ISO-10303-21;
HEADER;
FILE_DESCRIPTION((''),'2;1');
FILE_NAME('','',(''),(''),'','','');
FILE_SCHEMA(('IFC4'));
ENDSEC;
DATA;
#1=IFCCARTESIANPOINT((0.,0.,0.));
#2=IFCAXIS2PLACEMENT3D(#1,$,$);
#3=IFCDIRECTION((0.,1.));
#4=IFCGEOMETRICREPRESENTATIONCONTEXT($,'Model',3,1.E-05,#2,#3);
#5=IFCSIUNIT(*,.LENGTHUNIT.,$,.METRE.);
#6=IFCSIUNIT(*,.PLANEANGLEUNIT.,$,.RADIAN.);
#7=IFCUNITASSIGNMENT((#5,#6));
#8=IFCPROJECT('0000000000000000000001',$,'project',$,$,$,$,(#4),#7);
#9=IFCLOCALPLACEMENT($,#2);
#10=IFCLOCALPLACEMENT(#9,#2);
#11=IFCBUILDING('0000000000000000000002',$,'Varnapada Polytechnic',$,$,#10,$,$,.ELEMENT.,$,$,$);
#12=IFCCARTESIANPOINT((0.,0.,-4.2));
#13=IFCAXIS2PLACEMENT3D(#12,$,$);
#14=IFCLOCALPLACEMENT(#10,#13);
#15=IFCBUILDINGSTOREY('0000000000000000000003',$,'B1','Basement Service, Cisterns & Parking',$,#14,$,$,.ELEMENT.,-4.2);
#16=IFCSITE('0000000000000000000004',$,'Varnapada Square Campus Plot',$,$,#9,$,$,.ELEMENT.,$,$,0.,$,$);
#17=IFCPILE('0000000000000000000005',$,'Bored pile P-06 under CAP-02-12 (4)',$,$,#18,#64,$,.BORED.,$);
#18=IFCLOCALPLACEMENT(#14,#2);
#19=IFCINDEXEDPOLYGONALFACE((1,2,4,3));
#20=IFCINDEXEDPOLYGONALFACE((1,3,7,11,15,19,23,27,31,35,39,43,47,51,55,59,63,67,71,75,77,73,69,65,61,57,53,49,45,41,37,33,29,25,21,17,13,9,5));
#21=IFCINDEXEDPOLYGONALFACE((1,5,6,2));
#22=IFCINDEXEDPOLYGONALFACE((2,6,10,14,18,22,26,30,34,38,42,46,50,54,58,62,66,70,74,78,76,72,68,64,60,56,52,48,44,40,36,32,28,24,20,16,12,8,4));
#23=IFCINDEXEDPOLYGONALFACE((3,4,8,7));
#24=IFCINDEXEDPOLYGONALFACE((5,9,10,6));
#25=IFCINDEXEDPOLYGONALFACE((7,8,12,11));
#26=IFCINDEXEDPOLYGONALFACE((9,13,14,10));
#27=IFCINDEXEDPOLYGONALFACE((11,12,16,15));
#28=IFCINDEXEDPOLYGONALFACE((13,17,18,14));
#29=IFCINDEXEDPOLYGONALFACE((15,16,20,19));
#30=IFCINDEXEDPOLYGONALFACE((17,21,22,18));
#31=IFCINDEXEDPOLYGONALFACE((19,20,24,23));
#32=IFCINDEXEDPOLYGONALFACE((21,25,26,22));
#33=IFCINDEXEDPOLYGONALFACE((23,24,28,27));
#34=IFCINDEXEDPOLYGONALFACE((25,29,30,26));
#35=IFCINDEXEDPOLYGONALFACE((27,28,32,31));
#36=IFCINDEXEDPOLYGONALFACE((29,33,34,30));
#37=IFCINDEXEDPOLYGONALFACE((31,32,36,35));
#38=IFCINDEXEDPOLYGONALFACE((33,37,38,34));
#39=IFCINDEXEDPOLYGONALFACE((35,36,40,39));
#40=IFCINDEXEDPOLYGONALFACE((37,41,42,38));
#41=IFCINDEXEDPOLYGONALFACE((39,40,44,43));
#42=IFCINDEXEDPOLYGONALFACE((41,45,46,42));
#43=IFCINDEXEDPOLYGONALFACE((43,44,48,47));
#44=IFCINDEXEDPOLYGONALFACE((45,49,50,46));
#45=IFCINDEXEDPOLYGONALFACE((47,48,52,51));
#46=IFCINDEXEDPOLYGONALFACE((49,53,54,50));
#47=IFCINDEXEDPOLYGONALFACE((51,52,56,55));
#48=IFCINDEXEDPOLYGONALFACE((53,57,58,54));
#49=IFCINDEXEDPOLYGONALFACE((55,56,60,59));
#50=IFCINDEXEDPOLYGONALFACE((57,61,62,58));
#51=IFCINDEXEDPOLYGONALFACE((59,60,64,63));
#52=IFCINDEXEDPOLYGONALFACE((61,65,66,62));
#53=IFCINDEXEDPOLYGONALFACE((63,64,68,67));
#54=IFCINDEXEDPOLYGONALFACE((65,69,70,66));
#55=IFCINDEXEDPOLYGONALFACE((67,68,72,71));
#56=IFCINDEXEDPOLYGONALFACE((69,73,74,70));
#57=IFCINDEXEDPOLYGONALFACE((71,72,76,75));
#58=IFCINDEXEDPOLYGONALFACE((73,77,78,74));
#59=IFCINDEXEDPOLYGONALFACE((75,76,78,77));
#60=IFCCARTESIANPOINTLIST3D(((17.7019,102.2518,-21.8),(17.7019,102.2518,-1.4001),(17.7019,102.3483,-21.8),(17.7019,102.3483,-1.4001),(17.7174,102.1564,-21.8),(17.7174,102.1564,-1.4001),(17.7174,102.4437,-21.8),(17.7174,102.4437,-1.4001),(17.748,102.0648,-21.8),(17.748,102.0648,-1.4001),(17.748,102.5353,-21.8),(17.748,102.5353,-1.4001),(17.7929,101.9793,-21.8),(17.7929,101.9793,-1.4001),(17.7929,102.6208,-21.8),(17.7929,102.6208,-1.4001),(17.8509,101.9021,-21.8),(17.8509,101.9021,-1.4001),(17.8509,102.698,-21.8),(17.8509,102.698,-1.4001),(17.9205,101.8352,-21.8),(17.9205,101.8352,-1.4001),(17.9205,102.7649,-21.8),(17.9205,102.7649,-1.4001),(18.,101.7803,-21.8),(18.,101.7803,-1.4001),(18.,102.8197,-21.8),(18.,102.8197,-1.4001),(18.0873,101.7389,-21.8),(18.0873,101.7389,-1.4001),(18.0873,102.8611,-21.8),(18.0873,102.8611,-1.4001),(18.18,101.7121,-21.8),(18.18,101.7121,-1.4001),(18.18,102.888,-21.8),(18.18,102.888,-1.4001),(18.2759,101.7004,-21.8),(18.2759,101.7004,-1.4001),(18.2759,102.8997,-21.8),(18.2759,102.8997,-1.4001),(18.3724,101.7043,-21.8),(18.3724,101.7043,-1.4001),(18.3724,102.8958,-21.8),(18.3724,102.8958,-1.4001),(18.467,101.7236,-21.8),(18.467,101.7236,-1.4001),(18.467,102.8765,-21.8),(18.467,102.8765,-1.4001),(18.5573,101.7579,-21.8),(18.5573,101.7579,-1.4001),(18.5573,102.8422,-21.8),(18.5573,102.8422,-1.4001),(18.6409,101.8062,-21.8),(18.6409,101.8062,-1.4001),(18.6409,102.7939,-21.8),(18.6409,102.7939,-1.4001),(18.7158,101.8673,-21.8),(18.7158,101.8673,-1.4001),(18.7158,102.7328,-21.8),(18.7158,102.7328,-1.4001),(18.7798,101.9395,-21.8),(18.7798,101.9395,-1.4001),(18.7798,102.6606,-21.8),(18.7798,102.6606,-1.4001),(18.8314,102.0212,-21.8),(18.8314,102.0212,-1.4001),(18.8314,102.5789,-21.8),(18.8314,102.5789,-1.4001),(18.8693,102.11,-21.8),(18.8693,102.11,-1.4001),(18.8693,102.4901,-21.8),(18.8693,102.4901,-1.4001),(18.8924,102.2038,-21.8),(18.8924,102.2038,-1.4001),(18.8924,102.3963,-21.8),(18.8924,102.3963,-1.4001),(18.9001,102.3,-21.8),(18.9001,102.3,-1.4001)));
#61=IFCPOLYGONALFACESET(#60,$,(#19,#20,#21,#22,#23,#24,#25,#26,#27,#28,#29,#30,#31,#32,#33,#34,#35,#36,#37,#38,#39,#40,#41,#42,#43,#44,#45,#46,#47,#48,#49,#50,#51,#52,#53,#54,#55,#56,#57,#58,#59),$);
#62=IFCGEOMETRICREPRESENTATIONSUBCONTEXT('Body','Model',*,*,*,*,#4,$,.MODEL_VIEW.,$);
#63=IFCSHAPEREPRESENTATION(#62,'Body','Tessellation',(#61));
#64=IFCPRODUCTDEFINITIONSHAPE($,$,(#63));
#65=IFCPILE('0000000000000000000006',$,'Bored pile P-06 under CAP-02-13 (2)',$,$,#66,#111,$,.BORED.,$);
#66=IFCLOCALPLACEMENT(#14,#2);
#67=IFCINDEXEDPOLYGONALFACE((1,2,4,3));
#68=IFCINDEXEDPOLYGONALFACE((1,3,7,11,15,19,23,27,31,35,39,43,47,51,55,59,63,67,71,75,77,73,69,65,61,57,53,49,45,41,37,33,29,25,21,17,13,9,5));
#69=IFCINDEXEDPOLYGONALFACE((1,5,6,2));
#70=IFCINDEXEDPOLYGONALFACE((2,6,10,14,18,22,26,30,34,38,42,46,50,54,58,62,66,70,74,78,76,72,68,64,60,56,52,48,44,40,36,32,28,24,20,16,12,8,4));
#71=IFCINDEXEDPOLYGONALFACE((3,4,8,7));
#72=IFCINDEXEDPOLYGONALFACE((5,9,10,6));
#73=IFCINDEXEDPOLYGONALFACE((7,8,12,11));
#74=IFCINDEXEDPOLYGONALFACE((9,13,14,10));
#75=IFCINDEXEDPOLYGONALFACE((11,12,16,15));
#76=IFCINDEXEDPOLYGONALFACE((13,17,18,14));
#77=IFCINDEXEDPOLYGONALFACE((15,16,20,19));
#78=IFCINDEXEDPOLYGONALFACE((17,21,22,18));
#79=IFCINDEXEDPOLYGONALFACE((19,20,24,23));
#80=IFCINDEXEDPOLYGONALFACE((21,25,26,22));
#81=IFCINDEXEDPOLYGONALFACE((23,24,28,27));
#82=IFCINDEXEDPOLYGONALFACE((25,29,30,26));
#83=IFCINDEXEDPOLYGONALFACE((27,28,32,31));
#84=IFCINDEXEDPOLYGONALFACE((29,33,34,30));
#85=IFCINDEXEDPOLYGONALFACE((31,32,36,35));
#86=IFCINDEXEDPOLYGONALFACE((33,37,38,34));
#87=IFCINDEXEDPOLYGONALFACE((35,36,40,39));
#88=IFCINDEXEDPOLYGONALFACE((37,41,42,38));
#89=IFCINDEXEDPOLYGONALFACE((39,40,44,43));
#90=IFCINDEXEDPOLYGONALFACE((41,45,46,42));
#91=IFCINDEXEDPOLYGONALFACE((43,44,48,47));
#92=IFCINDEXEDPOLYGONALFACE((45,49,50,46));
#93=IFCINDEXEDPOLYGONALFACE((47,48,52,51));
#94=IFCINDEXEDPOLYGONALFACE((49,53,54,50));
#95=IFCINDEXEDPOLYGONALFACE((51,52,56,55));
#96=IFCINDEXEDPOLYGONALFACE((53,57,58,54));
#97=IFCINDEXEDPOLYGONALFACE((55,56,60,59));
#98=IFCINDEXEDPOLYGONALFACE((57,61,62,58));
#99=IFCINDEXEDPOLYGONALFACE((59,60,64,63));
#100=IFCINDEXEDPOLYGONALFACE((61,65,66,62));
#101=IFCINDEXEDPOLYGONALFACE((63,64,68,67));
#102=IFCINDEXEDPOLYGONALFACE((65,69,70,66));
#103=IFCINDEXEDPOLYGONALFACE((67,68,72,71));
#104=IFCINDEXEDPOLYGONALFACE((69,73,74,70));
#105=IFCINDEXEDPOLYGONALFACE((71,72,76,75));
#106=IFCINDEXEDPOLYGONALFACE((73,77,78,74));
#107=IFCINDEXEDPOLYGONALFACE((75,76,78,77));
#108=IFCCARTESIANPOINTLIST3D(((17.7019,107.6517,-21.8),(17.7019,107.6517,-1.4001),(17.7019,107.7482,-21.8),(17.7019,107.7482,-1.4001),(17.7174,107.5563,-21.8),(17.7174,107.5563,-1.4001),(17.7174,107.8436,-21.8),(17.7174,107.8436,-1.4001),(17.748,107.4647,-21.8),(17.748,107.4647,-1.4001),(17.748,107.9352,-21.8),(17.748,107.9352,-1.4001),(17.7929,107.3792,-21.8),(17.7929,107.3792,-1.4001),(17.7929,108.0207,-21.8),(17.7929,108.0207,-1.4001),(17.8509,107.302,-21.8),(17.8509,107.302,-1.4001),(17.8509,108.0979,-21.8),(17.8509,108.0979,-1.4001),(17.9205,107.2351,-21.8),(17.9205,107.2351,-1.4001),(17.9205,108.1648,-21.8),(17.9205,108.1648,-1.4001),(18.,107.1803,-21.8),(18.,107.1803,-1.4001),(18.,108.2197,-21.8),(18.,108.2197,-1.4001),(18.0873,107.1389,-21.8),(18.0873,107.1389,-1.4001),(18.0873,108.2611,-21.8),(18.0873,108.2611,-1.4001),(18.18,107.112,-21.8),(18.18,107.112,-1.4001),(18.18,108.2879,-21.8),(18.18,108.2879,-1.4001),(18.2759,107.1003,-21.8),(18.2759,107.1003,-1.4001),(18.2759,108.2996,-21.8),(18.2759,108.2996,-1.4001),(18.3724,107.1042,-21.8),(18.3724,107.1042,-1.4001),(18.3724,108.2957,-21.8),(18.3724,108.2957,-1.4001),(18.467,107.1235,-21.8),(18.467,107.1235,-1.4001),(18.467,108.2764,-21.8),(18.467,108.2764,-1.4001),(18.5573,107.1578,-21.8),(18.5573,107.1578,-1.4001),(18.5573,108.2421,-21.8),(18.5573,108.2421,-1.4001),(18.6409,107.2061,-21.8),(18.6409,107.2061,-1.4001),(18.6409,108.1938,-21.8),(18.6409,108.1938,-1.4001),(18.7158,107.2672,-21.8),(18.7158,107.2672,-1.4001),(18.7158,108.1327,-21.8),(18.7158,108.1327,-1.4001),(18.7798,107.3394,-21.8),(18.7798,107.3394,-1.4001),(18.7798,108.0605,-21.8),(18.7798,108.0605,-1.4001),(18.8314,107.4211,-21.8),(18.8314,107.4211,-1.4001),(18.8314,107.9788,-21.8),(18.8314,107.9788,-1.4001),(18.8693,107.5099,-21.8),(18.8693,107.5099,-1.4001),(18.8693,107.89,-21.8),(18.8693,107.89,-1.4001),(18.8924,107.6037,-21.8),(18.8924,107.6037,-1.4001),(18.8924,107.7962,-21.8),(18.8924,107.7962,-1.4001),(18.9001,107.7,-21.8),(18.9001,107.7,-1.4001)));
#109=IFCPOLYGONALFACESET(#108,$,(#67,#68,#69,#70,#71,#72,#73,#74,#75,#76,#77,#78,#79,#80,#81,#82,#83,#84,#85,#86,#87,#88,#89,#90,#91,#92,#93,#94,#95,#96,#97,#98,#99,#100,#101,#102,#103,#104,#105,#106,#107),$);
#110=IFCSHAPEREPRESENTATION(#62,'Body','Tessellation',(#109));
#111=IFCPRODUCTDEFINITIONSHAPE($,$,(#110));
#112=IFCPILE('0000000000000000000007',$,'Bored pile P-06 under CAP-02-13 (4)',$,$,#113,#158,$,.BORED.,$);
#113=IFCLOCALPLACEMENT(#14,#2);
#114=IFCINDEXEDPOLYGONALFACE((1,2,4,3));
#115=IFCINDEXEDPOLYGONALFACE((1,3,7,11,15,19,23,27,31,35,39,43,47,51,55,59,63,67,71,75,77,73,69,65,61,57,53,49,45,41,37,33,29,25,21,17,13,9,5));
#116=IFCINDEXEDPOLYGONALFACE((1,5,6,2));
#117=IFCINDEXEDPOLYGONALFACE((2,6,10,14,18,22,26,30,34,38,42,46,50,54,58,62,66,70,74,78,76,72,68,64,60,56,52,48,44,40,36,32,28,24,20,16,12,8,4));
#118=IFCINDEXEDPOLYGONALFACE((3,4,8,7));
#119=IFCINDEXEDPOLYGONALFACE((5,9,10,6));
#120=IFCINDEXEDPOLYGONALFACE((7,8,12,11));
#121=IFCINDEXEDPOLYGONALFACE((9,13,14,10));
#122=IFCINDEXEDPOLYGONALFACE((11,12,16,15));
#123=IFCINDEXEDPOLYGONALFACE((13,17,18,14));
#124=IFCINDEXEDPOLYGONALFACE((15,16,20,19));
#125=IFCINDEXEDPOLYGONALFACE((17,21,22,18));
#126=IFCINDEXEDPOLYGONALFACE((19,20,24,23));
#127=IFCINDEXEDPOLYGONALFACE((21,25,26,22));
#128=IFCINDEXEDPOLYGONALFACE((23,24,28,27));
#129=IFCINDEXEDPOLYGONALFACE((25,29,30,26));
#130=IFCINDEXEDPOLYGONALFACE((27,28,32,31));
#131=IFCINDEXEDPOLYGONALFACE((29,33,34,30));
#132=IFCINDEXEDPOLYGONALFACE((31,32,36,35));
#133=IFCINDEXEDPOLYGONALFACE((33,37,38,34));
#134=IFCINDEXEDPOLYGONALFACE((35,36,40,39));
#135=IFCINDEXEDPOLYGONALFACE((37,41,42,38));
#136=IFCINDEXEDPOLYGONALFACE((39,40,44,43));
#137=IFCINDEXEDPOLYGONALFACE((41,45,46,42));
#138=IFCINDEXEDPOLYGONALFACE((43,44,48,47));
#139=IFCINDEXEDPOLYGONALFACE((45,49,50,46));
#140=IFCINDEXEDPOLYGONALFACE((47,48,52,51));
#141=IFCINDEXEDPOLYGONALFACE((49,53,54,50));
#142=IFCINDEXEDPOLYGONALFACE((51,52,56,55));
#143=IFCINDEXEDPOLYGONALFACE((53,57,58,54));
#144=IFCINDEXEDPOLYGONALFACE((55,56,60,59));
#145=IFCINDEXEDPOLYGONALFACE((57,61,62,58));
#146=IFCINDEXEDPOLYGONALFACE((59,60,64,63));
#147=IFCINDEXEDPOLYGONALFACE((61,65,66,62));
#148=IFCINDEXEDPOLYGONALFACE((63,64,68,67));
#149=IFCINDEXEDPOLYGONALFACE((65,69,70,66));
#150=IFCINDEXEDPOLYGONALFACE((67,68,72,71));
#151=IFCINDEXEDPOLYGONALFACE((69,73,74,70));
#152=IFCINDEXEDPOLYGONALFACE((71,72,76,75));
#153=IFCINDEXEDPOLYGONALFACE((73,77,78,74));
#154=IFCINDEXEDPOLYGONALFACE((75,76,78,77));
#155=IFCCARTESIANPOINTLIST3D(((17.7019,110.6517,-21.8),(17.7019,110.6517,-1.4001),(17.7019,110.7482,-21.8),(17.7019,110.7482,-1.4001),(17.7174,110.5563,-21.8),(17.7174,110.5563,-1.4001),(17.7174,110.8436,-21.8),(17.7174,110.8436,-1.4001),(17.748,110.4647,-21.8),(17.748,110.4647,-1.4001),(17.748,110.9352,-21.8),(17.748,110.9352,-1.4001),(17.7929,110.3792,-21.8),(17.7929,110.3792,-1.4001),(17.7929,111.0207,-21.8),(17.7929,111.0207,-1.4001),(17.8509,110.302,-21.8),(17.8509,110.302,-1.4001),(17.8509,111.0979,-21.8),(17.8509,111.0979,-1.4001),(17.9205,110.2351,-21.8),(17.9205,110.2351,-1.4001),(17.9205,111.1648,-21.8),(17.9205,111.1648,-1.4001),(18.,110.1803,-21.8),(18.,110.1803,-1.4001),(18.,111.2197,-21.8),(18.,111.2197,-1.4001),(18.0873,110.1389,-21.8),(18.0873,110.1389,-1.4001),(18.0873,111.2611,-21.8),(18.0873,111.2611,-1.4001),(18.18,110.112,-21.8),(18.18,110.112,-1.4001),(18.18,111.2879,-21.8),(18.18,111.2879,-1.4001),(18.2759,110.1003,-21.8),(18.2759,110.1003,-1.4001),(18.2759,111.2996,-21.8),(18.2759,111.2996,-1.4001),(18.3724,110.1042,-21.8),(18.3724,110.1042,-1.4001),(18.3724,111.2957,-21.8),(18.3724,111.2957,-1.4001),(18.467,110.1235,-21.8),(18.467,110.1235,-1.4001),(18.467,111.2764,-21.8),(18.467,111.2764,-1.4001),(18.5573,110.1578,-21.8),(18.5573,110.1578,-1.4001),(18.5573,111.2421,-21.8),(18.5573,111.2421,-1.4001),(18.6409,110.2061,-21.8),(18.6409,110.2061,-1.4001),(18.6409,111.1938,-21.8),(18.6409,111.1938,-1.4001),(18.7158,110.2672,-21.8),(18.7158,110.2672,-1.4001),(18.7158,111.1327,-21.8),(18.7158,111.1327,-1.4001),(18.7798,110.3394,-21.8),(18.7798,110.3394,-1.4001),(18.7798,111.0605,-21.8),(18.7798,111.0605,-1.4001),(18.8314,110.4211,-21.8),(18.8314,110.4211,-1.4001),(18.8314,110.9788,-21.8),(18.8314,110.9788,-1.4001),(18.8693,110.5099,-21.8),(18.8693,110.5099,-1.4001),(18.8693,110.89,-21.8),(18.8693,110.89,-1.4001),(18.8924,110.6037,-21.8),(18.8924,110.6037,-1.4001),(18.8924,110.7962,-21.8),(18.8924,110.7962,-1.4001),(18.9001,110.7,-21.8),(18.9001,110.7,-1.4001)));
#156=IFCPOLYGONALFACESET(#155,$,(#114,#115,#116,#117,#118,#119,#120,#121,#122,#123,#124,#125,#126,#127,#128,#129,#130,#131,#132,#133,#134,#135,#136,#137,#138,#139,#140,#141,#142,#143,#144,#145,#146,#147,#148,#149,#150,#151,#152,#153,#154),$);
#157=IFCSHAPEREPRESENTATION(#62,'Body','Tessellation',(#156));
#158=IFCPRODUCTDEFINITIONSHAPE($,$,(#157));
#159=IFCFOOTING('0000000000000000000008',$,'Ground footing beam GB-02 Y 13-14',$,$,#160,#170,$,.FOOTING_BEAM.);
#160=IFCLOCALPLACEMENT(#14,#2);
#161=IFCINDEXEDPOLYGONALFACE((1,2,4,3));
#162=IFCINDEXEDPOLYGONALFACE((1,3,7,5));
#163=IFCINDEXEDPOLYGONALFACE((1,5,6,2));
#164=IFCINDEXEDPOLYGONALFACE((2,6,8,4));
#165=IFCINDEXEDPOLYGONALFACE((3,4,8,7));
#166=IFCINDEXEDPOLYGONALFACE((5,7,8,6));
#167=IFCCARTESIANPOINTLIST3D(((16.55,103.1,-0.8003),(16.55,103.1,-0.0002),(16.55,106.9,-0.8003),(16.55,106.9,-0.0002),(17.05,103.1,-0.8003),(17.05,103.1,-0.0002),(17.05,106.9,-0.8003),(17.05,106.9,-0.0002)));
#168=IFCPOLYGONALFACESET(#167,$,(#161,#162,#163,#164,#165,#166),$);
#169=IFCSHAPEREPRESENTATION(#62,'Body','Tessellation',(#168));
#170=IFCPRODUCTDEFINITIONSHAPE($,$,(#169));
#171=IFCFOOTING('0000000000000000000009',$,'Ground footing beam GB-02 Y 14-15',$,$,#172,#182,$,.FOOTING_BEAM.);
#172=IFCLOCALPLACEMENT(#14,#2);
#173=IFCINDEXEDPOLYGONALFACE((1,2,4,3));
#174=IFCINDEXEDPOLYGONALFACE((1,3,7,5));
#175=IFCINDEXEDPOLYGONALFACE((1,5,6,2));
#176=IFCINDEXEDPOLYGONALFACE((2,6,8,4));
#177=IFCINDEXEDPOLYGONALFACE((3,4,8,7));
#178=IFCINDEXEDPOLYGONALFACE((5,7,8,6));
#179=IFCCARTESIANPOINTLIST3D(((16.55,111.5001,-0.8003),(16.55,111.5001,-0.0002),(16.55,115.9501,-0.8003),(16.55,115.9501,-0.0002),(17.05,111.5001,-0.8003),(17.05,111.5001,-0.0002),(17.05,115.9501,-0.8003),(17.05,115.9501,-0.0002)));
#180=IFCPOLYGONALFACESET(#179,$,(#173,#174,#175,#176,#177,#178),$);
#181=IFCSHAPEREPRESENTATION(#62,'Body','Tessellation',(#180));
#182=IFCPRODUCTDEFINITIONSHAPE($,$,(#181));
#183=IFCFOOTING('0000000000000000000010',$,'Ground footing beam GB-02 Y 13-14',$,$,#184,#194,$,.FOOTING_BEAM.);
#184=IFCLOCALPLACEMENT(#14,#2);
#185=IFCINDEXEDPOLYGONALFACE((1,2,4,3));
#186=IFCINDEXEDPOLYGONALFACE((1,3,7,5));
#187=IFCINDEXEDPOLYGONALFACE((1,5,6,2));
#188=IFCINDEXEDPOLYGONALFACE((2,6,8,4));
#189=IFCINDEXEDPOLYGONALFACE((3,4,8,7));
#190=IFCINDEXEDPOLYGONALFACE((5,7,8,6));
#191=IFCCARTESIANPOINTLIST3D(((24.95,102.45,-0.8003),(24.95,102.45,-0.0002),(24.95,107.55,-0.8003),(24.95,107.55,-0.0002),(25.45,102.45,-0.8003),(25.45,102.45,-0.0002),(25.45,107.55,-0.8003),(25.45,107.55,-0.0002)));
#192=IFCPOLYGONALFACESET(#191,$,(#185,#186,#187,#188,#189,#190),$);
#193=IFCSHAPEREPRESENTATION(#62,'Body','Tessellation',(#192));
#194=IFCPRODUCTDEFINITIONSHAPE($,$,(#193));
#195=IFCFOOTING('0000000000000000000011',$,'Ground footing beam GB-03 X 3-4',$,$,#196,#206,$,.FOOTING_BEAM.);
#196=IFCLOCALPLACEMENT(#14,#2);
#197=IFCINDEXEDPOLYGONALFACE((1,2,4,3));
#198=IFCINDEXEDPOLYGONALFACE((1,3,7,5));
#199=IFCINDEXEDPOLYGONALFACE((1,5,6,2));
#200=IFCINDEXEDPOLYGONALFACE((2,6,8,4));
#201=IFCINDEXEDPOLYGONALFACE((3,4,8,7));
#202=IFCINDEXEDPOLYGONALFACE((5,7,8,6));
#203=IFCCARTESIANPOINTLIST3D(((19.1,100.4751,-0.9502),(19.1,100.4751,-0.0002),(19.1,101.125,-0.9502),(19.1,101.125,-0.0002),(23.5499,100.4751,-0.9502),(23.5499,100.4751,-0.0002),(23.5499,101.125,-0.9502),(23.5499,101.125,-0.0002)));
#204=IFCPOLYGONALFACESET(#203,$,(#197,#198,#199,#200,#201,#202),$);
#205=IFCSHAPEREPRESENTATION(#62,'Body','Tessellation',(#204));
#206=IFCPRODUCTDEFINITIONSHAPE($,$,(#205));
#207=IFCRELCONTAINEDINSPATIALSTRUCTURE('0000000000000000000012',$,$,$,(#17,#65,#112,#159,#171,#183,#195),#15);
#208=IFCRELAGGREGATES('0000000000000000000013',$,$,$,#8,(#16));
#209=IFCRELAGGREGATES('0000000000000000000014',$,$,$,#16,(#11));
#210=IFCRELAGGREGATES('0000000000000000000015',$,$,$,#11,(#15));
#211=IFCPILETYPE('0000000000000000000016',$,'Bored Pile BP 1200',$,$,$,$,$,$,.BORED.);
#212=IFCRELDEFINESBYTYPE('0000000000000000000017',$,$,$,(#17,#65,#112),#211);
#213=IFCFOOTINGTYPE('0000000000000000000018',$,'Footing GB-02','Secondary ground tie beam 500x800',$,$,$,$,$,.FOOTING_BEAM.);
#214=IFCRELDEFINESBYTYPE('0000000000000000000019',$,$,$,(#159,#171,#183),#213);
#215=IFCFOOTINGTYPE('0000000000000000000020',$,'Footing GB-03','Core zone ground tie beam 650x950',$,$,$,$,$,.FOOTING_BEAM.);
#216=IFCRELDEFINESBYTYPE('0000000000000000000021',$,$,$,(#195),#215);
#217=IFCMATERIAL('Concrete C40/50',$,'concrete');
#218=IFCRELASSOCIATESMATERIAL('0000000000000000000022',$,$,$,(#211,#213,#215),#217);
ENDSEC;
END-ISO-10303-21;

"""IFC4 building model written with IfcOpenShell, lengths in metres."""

from ifc_helpers import new_model, si_unit, direction, frame, origin, origin_2d, place, context, subcontext, project, spatial, rectangle, circle, extrude, material, material_profile, profile_set, type_object, element, save


model = new_model("IFC4")

# Units and contexts
model_context = context("Model", 3, precision=1e-05, world=origin(), true_north=direction((0.0, 1.0)))
body_context = subcontext(model_context, "Body", "Model", "MODEL_VIEW")
ifc_project = project(units=[si_unit("LENGTHUNIT", "METRE"), si_unit("PLANEANGLEUNIT", "RADIAN")], contexts=[model_context])

# Site, building, storey
site_placement = place(None, origin())
site = spatial("IfcSite", under=ifc_project, at=site_placement, Name="Varnapada Square Campus Plot", CompositionType="ELEMENT", RefElevation=0.0)
building_placement = place(site_placement, origin())
building = spatial("IfcBuilding", under=site, at=building_placement, Name="Varnapada Polytechnic", CompositionType="ELEMENT")
storey_placement = place(building_placement, frame((0.0, 0.0, -4.2)))
storey = spatial("IfcBuildingStorey", under=building, at=storey_placement, Name="B1", Description="Basement Service, Cisterns & Parking", CompositionType="ELEMENT", Elevation=-4.2)

# Piles
ifc_material_1 = material(Name="Concrete C40/50", Category="concrete")
ifc_material_profile_1 = material_profile(ifc_material_1, circle(Radius=0.6001, at=origin_2d()), Name="BP 1200")
ifc_profile_set_1 = profile_set([ifc_material_profile_1], Name="Concrete C40/50")
pile_type_1 = type_object("IfcPileType", Name="Bored Pile BP 1200", PredefinedType="BORED", material=ifc_profile_set_1)
for number, where, z_axis, x_axis, name in (
    (1, (18.3, 102.3, -1.4001), (0.0, 0.0, -1.0), (1.0, 0.0, 0.0), "Bored pile P-06 under CAP-02-12 (4)"),
    (2, (18.3, 107.7, -1.4001), (0.0, 0.0, -1.0), (1.0, 0.0, 0.0), "Bored pile P-06 under CAP-02-13 (2)"),
    (3, (18.3, 110.7, -1.4001), (0.0, 0.0, -1.0), (1.0, 0.0, 0.0), "Bored pile P-06 under CAP-02-13 (4)"),
):
    element("IfcPile", number, at=place(storey_placement, frame(where, z_axis=z_axis, x_axis=x_axis)), inside=storey, type_object=pile_type_1, Name=name, PredefinedType="BORED", context=body_context, shape_type="SweptSolid", body=[
        extrude(circle(Radius=0.6001, at=origin_2d()), origin(), (0.0, 0.0, 1.0), 20.3999),
    ])

# Footings
footing_type_1 = type_object("IfcFootingType", Name="Footing GB-02", Description="Secondary ground tie beam 500x800", PredefinedType="FOOTING_BEAM", material=ifc_material_1)
footing_1_placement = place(storey_placement, frame((16.8, 105.0, -0.8003), z_axis=(0.0, 0.0, 1.0), x_axis=(0.0, 1.0, 0.0)))
element("IfcFooting", 4, at=footing_1_placement, inside=storey, type_object=footing_type_1, Name="Ground footing beam GB-02 Y 13-14", PredefinedType="FOOTING_BEAM", context=body_context, shape_type="SweptSolid", body=[
    extrude(rectangle(XDim=3.8, YDim=0.5, at=origin_2d()), origin(), (0.0, 0.0, 1.0), 0.8),
])
footing_2_placement = place(storey_placement, frame((16.8, 113.7251, -0.8003), z_axis=(0.0, 0.0, 1.0), x_axis=(0.0, 1.0, 0.0)))
element("IfcFooting", 5, at=footing_2_placement, inside=storey, type_object=footing_type_1, Name="Ground footing beam GB-02 Y 14-15", PredefinedType="FOOTING_BEAM", context=body_context, shape_type="SweptSolid", body=[
    extrude(rectangle(XDim=4.45, YDim=0.5, at=origin_2d()), origin(), (0.0, 0.0, 1.0), 0.8),
])
footing_3_placement = place(storey_placement, frame((25.2, 105.0, -0.8003), z_axis=(0.0, 0.0, 1.0), x_axis=(0.0, 1.0, 0.0)))
element("IfcFooting", 6, at=footing_3_placement, inside=storey, type_object=footing_type_1, Name="Ground footing beam GB-02 Y 13-14", PredefinedType="FOOTING_BEAM", context=body_context, shape_type="SweptSolid", body=[
    extrude(rectangle(XDim=5.1001, YDim=0.5, at=origin_2d()), origin(), (0.0, 0.0, 1.0), 0.8),
])
footing_type_2 = type_object("IfcFootingType", Name="Footing GB-03", Description="Core zone ground tie beam 650x950", PredefinedType="FOOTING_BEAM", material=ifc_material_1)
for number, where, z_axis, x_axis, name in (
    (7, (21.325, 100.8, -0.9502), (0.0, 0.0, 1.0), (1.0, 0.0, 0.0), "Ground footing beam GB-03 X 3-4"),
):
    element("IfcFooting", number, at=place(storey_placement, frame(where, z_axis=z_axis, x_axis=x_axis)), inside=storey, type_object=footing_type_2, Name=name, PredefinedType="FOOTING_BEAM", context=body_context, shape_type="SweptSolid", body=[
        extrude(rectangle(XDim=4.45, YDim=0.6499, at=origin_2d()), origin(), (0.0, 0.0, 1.0), 0.95),
    ])

save(model, "model.ifc")
